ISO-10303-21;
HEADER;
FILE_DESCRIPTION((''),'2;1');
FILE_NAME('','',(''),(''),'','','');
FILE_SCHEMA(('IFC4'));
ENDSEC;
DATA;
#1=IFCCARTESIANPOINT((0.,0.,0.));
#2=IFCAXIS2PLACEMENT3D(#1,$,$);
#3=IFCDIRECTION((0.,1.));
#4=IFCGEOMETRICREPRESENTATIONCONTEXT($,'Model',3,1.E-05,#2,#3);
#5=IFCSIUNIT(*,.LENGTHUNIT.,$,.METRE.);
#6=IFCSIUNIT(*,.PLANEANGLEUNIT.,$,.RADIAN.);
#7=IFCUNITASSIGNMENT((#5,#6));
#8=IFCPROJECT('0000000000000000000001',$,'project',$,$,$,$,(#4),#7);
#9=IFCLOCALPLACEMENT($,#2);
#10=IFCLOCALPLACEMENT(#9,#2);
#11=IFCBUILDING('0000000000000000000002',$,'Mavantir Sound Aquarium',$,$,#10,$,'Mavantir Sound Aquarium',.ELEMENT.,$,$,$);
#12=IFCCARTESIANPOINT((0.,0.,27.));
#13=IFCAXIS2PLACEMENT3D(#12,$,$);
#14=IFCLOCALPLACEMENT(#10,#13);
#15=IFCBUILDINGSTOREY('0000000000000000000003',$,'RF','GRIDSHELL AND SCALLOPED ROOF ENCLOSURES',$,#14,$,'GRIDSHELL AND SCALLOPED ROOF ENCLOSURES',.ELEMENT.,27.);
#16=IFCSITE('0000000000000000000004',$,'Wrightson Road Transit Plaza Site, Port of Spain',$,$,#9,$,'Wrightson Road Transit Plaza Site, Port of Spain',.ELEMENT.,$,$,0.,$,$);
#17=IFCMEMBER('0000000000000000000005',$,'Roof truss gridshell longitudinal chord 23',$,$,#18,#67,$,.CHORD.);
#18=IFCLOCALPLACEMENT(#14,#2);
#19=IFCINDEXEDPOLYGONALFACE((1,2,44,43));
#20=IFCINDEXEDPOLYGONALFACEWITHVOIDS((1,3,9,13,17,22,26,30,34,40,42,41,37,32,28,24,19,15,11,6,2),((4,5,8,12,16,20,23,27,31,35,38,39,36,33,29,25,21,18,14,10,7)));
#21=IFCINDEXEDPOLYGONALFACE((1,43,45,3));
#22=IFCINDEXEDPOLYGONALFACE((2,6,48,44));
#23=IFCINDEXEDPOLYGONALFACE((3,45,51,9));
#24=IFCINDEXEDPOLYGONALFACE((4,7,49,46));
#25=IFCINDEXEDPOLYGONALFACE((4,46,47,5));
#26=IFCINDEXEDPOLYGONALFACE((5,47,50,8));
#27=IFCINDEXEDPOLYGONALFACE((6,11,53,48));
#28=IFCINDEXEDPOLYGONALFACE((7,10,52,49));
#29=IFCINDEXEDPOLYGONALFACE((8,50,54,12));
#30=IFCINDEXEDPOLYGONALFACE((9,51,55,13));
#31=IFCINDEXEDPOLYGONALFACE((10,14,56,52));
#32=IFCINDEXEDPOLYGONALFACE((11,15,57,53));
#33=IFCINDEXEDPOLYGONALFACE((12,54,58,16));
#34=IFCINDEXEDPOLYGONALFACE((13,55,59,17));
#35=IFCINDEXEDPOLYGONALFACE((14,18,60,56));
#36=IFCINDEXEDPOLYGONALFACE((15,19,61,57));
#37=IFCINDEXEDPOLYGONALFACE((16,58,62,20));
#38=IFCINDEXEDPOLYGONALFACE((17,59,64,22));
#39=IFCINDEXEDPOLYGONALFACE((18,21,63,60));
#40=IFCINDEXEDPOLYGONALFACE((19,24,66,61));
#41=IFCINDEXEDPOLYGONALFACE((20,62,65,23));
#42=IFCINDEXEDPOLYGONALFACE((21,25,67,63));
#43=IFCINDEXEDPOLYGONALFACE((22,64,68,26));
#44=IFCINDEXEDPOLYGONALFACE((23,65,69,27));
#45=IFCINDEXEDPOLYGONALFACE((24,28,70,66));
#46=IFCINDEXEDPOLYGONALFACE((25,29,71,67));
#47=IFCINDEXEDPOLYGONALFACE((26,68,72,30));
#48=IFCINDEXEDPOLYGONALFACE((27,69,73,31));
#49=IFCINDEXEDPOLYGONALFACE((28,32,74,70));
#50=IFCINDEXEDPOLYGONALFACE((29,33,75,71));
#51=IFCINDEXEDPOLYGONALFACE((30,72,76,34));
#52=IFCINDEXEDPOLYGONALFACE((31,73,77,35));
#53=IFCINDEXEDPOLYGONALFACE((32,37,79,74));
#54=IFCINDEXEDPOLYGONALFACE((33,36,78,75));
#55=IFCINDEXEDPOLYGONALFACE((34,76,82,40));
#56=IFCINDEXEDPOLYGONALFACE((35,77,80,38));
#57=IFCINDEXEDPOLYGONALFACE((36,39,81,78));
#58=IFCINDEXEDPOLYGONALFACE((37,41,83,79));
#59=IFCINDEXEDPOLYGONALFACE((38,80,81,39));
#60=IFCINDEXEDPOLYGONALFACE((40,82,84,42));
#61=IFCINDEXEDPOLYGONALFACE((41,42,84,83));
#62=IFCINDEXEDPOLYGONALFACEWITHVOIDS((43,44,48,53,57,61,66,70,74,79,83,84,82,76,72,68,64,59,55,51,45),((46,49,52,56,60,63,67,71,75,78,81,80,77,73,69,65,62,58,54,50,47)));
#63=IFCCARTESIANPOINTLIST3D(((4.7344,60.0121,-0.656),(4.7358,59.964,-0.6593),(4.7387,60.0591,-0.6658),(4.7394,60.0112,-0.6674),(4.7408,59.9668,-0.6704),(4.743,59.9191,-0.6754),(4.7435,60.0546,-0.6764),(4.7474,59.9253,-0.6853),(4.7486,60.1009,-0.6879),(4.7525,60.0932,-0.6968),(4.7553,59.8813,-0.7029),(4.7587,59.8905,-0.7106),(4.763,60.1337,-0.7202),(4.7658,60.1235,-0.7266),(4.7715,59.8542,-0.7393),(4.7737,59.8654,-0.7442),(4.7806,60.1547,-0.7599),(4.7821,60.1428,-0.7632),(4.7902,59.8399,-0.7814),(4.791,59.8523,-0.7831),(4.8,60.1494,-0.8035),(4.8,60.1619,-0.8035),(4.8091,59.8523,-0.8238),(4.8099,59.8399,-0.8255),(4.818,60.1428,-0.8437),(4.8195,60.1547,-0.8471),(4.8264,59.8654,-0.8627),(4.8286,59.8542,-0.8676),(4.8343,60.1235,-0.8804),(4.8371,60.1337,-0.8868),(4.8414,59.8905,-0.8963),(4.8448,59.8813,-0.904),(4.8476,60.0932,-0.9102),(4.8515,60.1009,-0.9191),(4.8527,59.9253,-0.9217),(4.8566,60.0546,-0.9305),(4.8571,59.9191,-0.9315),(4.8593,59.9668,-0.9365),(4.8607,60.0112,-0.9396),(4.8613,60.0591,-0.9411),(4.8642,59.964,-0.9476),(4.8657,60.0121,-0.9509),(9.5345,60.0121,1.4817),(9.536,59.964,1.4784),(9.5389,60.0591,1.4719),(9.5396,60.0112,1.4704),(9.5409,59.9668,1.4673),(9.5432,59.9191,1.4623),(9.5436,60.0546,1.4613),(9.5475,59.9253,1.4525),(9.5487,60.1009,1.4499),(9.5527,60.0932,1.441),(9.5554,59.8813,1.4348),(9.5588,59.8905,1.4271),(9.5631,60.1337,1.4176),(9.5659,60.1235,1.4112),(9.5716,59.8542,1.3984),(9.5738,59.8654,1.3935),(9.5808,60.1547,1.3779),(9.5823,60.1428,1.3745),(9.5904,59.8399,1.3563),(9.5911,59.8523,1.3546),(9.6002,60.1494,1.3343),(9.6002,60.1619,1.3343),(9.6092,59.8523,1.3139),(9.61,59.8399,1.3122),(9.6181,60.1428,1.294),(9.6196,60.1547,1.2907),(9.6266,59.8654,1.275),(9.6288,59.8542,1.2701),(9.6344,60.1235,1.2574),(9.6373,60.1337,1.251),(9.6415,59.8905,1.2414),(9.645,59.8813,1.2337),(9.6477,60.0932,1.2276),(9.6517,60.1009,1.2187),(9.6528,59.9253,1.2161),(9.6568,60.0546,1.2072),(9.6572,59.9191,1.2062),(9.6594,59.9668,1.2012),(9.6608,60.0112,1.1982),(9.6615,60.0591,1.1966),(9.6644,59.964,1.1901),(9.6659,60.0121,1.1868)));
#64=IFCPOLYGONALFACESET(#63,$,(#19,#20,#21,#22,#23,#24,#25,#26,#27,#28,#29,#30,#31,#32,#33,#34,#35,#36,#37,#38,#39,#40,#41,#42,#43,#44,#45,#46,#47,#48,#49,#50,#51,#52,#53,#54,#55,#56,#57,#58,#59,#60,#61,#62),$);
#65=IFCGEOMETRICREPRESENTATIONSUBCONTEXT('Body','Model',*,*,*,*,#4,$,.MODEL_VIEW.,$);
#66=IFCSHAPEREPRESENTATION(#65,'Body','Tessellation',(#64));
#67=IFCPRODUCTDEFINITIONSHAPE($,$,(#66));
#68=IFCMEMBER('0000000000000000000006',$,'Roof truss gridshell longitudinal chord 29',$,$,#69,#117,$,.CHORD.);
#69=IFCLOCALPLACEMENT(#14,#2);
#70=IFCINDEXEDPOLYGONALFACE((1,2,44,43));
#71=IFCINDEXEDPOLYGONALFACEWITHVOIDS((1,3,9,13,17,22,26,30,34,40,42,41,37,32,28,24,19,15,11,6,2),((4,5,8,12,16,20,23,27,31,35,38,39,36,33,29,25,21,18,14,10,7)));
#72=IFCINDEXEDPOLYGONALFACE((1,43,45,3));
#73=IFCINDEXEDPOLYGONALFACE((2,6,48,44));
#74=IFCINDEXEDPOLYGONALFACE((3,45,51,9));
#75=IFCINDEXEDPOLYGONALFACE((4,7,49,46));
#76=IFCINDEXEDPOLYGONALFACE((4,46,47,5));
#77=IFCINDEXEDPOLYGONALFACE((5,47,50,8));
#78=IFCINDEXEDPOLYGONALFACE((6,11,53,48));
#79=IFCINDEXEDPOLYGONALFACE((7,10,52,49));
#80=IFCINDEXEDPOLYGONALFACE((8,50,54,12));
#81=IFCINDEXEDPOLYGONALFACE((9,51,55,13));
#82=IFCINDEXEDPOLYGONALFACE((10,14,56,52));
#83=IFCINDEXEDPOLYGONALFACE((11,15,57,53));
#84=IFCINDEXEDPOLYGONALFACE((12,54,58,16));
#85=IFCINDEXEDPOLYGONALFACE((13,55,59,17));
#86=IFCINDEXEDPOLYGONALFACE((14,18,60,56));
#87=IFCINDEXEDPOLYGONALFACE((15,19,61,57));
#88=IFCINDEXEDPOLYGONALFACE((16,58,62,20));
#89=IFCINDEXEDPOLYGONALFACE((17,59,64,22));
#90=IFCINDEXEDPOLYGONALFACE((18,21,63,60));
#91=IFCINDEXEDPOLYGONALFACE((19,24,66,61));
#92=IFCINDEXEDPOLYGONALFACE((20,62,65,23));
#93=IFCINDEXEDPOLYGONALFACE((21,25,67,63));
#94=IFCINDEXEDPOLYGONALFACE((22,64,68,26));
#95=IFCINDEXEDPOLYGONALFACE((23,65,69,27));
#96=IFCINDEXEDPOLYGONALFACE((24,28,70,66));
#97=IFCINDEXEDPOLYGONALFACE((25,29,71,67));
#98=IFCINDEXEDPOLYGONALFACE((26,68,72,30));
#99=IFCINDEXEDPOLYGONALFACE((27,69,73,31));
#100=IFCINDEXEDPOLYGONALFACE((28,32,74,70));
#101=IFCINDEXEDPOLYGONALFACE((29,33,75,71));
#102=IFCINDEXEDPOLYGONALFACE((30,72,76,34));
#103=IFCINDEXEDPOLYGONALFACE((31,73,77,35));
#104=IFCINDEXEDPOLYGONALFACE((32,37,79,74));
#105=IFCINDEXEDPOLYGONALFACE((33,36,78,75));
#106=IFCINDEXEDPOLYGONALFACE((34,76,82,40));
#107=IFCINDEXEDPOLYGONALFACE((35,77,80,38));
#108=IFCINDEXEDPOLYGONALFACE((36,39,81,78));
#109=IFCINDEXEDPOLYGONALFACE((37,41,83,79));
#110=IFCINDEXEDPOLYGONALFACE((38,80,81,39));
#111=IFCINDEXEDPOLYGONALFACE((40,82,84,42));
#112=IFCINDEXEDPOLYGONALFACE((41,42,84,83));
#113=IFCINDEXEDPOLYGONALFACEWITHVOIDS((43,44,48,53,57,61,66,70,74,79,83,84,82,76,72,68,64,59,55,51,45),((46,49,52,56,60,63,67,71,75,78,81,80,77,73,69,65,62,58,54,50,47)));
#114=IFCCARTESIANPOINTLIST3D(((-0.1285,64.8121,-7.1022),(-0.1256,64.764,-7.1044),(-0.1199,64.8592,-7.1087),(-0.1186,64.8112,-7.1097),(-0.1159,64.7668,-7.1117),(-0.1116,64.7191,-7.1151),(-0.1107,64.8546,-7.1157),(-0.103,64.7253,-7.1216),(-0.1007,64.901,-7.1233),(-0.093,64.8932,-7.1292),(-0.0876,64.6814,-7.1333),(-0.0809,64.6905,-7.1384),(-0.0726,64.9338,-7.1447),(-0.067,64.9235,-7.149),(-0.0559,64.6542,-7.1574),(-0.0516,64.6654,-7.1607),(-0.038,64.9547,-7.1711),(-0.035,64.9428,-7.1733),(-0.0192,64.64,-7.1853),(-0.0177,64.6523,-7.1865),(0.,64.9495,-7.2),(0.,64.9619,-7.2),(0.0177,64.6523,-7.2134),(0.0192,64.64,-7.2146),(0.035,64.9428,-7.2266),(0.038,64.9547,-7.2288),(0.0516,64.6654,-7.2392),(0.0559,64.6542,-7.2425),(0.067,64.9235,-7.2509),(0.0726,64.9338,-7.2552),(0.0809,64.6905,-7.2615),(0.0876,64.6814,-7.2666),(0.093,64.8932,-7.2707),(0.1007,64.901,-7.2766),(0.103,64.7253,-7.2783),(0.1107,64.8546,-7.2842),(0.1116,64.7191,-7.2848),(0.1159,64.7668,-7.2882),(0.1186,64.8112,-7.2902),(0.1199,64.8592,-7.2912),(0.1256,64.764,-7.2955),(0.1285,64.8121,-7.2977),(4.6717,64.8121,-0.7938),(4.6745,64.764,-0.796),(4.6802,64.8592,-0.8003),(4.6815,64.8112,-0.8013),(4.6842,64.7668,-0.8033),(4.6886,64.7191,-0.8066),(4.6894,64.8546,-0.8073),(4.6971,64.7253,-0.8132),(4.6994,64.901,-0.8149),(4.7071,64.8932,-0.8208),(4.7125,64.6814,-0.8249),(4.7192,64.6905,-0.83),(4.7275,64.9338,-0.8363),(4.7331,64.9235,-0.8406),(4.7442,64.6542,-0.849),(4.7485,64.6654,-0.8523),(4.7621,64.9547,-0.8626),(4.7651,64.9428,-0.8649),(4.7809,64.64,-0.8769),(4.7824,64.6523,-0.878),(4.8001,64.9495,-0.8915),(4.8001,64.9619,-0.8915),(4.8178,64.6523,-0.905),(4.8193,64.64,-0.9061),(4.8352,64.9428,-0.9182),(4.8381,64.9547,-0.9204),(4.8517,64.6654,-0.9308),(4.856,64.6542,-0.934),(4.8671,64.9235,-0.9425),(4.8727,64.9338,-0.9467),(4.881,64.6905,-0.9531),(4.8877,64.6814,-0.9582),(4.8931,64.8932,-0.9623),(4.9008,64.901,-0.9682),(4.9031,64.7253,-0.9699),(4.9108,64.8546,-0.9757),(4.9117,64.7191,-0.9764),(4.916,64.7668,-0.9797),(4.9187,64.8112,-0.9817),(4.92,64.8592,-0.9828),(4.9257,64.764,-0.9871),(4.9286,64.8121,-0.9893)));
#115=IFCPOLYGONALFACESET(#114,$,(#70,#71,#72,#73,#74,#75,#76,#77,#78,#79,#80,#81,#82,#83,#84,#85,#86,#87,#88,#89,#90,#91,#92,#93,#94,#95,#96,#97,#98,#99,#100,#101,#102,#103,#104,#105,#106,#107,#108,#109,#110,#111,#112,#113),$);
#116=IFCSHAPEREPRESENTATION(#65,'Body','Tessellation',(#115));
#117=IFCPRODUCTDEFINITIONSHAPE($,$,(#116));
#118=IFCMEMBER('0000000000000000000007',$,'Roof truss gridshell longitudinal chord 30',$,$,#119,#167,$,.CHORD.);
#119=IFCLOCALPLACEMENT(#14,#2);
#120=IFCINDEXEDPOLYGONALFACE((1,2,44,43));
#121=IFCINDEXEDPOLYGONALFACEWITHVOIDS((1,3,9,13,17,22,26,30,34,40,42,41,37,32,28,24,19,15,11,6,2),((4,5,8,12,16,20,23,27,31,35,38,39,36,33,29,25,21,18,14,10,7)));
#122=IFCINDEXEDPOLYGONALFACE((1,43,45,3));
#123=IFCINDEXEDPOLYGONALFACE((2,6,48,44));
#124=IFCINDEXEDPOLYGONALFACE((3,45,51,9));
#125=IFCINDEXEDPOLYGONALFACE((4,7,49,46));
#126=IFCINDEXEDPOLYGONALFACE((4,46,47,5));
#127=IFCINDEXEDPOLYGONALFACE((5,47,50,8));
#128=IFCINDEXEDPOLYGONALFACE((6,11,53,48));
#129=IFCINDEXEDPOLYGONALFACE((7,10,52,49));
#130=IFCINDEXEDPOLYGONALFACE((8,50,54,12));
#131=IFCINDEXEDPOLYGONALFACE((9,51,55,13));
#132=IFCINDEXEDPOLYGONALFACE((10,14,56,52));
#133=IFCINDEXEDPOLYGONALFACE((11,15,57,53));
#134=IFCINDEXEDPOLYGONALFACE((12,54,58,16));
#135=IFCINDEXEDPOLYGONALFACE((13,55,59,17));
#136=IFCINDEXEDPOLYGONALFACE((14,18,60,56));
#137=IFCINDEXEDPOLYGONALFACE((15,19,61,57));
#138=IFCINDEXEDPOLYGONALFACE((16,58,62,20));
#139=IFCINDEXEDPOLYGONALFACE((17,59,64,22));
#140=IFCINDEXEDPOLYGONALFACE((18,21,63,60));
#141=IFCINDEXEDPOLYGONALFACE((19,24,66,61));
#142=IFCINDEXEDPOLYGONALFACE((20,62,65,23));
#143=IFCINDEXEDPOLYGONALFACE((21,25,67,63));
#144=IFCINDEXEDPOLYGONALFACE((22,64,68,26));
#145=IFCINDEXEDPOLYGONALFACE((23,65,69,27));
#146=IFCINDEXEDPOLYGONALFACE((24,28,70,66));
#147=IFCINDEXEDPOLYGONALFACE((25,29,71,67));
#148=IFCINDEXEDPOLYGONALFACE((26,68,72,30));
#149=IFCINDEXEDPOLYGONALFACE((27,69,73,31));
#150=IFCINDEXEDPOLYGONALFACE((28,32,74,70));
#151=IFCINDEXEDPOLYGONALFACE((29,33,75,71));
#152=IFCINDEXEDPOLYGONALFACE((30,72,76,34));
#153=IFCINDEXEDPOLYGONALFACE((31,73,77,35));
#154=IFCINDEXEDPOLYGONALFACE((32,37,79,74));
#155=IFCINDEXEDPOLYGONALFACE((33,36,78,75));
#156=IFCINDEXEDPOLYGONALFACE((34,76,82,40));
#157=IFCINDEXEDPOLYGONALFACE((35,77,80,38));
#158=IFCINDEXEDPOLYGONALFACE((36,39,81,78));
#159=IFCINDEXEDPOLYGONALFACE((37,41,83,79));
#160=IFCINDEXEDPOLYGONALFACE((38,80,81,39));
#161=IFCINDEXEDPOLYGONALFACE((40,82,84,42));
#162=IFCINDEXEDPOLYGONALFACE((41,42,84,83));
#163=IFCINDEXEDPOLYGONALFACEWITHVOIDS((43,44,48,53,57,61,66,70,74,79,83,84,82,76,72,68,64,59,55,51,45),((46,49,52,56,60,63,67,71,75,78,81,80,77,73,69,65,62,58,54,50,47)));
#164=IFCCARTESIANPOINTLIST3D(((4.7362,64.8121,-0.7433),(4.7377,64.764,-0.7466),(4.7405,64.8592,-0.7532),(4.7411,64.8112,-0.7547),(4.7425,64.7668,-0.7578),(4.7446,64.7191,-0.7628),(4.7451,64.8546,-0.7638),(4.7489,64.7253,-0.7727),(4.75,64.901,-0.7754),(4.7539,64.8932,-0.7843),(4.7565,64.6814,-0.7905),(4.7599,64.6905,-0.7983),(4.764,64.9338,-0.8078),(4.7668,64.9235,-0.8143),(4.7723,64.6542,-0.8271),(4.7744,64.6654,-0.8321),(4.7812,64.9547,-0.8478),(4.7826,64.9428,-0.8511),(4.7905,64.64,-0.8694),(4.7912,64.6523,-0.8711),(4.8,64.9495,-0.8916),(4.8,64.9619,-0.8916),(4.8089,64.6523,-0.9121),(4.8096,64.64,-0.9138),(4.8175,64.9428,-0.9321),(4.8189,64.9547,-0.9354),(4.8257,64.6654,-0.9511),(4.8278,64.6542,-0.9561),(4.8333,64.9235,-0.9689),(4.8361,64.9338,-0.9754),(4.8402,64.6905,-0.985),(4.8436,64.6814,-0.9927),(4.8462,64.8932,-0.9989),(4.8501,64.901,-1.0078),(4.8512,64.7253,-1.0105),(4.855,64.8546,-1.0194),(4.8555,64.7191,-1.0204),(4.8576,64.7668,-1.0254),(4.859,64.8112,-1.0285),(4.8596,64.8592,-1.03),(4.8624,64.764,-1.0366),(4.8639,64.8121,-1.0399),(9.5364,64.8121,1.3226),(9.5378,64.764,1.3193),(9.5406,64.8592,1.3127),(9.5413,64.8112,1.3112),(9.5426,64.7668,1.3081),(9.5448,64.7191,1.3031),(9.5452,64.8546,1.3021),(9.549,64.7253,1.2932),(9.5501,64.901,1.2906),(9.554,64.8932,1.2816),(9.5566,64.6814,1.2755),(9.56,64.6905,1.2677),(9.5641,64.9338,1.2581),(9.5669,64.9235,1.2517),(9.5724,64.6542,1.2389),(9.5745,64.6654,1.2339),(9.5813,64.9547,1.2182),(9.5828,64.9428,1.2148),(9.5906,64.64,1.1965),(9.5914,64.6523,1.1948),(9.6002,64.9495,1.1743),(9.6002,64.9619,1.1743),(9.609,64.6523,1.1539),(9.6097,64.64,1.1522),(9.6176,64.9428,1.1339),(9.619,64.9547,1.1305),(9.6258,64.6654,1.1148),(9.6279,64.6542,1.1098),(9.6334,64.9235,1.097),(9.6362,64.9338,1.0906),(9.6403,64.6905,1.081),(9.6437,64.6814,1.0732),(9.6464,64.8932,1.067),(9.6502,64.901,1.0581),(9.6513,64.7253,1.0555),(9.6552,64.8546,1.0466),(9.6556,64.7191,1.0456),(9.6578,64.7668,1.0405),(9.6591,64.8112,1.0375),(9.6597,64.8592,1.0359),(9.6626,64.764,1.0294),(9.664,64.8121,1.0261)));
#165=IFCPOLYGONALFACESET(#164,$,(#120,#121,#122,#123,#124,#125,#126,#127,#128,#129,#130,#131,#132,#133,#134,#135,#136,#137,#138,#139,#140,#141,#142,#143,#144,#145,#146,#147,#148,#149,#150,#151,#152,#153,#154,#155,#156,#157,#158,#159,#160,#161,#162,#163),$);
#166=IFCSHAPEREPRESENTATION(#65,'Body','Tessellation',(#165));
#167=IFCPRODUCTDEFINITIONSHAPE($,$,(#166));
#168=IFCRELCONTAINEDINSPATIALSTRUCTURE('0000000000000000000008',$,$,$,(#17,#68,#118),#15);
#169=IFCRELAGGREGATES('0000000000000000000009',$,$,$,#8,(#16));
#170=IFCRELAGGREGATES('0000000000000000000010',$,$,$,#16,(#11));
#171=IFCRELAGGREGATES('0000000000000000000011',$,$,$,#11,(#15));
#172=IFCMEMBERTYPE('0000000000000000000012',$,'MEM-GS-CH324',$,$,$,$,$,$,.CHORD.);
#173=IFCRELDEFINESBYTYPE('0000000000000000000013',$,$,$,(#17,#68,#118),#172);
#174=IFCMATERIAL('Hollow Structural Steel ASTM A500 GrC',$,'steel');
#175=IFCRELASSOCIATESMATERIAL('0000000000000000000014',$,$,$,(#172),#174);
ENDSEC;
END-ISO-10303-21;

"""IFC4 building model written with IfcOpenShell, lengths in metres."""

from ifc_helpers import new_model, si_unit, direction, frame, origin, origin_2d, place, context, subcontext, project, spatial, hollow_circle, extrude, material, material_profile, profile_set, type_object, element, save


model = new_model("IFC4")

# Units and contexts
model_context = context("Model", 3, precision=1e-05, world=origin(), true_north=direction((0.0, 1.0)))
body_context = subcontext(model_context, "Body", "Model", "MODEL_VIEW")
ifc_project = project(units=[si_unit("LENGTHUNIT", "METRE"), si_unit("PLANEANGLEUNIT", "RADIAN")], contexts=[model_context])

# Site, building, storey
site_placement = place(None, origin())
site = spatial("IfcSite", under=ifc_project, at=site_placement, Name="Wrightson Road Transit Plaza Site, Port of Spain", LongName="Wrightson Road Transit Plaza Site, Port of Spain", CompositionType="ELEMENT", RefElevation=0.0)
building_placement = place(site_placement, origin())
building = spatial("IfcBuilding", under=site, at=building_placement, Name="Mavantir Sound Aquarium", LongName="Mavantir Sound Aquarium", CompositionType="ELEMENT")
storey_placement = place(building_placement, frame((0.0, 0.0, 27.0)))
storey = spatial("IfcBuildingStorey", under=building, at=storey_placement, Name="RF", Description="GRIDSHELL AND SCALLOPED ROOF ENCLOSURES", LongName="GRIDSHELL AND SCALLOPED ROOF ENCLOSURES", CompositionType="ELEMENT", Elevation=27.0)

# Shared definitions
ifc_material_1 = material(Name="Hollow Structural Steel ASTM A500 GrC", Category="steel")

# Members
ifc_material_profile_1 = material_profile(ifc_material_1, hollow_circle(Radius=0.1619, WallThickness=0.0125, at=origin_2d()), Name="CHS 323.9X12.5")
ifc_profile_set_1 = profile_set([ifc_material_profile_1], Name="Hollow Structural Steel ASTM A500 GrC")
member_type_1 = type_object("IfcMemberType", Name="MEM-GS-CH324", PredefinedType="CHORD", material=ifc_profile_set_1)
member_1_placement = place(storey_placement, frame((4.8, 60.0, -0.8035), z_axis=(0.913505, 0.0, 0.406828), x_axis=(0.0, 1.0, 0.0)))
element("IfcMember", 1, at=member_1_placement, inside=storey, type_object=member_type_1, Name="Roof truss gridshell longitudinal chord 23", PredefinedType="CHORD", context=body_context, shape_type="SweptSolid", body=[
    extrude(hollow_circle(Radius=0.1619, WallThickness=0.0125, at=origin_2d()), origin(), (0.0, 0.0, 1.0), 5.2546),
])
member_2_placement = place(storey_placement, frame((0.0, 64.8, -7.2), z_axis=(0.605539, 0.0, 0.795815), x_axis=(0.0, 1.0, 0.0)))
element("IfcMember", 2, at=member_2_placement, inside=storey, type_object=member_type_1, Name="Roof truss gridshell longitudinal chord 29", PredefinedType="CHORD", context=body_context, shape_type="SweptSolid", body=[
    extrude(hollow_circle(Radius=0.1619, WallThickness=0.0125, at=origin_2d()), origin(), (0.0, 0.0, 1.0), 7.927),
])
member_3_placement = place(storey_placement, frame((4.8, 64.8, -0.8916), z_axis=(0.918537, 0.0, 0.395334), x_axis=(0.0, 1.0, 0.0)))
element("IfcMember", 3, at=member_3_placement, inside=storey, type_object=member_type_1, Name="Roof truss gridshell longitudinal chord 30", PredefinedType="CHORD", context=body_context, shape_type="SweptSolid", body=[
    extrude(hollow_circle(Radius=0.1619, WallThickness=0.0125, at=origin_2d()), origin(), (0.0, 0.0, 1.0), 5.2258),
])

save(model, "model.ifc")
